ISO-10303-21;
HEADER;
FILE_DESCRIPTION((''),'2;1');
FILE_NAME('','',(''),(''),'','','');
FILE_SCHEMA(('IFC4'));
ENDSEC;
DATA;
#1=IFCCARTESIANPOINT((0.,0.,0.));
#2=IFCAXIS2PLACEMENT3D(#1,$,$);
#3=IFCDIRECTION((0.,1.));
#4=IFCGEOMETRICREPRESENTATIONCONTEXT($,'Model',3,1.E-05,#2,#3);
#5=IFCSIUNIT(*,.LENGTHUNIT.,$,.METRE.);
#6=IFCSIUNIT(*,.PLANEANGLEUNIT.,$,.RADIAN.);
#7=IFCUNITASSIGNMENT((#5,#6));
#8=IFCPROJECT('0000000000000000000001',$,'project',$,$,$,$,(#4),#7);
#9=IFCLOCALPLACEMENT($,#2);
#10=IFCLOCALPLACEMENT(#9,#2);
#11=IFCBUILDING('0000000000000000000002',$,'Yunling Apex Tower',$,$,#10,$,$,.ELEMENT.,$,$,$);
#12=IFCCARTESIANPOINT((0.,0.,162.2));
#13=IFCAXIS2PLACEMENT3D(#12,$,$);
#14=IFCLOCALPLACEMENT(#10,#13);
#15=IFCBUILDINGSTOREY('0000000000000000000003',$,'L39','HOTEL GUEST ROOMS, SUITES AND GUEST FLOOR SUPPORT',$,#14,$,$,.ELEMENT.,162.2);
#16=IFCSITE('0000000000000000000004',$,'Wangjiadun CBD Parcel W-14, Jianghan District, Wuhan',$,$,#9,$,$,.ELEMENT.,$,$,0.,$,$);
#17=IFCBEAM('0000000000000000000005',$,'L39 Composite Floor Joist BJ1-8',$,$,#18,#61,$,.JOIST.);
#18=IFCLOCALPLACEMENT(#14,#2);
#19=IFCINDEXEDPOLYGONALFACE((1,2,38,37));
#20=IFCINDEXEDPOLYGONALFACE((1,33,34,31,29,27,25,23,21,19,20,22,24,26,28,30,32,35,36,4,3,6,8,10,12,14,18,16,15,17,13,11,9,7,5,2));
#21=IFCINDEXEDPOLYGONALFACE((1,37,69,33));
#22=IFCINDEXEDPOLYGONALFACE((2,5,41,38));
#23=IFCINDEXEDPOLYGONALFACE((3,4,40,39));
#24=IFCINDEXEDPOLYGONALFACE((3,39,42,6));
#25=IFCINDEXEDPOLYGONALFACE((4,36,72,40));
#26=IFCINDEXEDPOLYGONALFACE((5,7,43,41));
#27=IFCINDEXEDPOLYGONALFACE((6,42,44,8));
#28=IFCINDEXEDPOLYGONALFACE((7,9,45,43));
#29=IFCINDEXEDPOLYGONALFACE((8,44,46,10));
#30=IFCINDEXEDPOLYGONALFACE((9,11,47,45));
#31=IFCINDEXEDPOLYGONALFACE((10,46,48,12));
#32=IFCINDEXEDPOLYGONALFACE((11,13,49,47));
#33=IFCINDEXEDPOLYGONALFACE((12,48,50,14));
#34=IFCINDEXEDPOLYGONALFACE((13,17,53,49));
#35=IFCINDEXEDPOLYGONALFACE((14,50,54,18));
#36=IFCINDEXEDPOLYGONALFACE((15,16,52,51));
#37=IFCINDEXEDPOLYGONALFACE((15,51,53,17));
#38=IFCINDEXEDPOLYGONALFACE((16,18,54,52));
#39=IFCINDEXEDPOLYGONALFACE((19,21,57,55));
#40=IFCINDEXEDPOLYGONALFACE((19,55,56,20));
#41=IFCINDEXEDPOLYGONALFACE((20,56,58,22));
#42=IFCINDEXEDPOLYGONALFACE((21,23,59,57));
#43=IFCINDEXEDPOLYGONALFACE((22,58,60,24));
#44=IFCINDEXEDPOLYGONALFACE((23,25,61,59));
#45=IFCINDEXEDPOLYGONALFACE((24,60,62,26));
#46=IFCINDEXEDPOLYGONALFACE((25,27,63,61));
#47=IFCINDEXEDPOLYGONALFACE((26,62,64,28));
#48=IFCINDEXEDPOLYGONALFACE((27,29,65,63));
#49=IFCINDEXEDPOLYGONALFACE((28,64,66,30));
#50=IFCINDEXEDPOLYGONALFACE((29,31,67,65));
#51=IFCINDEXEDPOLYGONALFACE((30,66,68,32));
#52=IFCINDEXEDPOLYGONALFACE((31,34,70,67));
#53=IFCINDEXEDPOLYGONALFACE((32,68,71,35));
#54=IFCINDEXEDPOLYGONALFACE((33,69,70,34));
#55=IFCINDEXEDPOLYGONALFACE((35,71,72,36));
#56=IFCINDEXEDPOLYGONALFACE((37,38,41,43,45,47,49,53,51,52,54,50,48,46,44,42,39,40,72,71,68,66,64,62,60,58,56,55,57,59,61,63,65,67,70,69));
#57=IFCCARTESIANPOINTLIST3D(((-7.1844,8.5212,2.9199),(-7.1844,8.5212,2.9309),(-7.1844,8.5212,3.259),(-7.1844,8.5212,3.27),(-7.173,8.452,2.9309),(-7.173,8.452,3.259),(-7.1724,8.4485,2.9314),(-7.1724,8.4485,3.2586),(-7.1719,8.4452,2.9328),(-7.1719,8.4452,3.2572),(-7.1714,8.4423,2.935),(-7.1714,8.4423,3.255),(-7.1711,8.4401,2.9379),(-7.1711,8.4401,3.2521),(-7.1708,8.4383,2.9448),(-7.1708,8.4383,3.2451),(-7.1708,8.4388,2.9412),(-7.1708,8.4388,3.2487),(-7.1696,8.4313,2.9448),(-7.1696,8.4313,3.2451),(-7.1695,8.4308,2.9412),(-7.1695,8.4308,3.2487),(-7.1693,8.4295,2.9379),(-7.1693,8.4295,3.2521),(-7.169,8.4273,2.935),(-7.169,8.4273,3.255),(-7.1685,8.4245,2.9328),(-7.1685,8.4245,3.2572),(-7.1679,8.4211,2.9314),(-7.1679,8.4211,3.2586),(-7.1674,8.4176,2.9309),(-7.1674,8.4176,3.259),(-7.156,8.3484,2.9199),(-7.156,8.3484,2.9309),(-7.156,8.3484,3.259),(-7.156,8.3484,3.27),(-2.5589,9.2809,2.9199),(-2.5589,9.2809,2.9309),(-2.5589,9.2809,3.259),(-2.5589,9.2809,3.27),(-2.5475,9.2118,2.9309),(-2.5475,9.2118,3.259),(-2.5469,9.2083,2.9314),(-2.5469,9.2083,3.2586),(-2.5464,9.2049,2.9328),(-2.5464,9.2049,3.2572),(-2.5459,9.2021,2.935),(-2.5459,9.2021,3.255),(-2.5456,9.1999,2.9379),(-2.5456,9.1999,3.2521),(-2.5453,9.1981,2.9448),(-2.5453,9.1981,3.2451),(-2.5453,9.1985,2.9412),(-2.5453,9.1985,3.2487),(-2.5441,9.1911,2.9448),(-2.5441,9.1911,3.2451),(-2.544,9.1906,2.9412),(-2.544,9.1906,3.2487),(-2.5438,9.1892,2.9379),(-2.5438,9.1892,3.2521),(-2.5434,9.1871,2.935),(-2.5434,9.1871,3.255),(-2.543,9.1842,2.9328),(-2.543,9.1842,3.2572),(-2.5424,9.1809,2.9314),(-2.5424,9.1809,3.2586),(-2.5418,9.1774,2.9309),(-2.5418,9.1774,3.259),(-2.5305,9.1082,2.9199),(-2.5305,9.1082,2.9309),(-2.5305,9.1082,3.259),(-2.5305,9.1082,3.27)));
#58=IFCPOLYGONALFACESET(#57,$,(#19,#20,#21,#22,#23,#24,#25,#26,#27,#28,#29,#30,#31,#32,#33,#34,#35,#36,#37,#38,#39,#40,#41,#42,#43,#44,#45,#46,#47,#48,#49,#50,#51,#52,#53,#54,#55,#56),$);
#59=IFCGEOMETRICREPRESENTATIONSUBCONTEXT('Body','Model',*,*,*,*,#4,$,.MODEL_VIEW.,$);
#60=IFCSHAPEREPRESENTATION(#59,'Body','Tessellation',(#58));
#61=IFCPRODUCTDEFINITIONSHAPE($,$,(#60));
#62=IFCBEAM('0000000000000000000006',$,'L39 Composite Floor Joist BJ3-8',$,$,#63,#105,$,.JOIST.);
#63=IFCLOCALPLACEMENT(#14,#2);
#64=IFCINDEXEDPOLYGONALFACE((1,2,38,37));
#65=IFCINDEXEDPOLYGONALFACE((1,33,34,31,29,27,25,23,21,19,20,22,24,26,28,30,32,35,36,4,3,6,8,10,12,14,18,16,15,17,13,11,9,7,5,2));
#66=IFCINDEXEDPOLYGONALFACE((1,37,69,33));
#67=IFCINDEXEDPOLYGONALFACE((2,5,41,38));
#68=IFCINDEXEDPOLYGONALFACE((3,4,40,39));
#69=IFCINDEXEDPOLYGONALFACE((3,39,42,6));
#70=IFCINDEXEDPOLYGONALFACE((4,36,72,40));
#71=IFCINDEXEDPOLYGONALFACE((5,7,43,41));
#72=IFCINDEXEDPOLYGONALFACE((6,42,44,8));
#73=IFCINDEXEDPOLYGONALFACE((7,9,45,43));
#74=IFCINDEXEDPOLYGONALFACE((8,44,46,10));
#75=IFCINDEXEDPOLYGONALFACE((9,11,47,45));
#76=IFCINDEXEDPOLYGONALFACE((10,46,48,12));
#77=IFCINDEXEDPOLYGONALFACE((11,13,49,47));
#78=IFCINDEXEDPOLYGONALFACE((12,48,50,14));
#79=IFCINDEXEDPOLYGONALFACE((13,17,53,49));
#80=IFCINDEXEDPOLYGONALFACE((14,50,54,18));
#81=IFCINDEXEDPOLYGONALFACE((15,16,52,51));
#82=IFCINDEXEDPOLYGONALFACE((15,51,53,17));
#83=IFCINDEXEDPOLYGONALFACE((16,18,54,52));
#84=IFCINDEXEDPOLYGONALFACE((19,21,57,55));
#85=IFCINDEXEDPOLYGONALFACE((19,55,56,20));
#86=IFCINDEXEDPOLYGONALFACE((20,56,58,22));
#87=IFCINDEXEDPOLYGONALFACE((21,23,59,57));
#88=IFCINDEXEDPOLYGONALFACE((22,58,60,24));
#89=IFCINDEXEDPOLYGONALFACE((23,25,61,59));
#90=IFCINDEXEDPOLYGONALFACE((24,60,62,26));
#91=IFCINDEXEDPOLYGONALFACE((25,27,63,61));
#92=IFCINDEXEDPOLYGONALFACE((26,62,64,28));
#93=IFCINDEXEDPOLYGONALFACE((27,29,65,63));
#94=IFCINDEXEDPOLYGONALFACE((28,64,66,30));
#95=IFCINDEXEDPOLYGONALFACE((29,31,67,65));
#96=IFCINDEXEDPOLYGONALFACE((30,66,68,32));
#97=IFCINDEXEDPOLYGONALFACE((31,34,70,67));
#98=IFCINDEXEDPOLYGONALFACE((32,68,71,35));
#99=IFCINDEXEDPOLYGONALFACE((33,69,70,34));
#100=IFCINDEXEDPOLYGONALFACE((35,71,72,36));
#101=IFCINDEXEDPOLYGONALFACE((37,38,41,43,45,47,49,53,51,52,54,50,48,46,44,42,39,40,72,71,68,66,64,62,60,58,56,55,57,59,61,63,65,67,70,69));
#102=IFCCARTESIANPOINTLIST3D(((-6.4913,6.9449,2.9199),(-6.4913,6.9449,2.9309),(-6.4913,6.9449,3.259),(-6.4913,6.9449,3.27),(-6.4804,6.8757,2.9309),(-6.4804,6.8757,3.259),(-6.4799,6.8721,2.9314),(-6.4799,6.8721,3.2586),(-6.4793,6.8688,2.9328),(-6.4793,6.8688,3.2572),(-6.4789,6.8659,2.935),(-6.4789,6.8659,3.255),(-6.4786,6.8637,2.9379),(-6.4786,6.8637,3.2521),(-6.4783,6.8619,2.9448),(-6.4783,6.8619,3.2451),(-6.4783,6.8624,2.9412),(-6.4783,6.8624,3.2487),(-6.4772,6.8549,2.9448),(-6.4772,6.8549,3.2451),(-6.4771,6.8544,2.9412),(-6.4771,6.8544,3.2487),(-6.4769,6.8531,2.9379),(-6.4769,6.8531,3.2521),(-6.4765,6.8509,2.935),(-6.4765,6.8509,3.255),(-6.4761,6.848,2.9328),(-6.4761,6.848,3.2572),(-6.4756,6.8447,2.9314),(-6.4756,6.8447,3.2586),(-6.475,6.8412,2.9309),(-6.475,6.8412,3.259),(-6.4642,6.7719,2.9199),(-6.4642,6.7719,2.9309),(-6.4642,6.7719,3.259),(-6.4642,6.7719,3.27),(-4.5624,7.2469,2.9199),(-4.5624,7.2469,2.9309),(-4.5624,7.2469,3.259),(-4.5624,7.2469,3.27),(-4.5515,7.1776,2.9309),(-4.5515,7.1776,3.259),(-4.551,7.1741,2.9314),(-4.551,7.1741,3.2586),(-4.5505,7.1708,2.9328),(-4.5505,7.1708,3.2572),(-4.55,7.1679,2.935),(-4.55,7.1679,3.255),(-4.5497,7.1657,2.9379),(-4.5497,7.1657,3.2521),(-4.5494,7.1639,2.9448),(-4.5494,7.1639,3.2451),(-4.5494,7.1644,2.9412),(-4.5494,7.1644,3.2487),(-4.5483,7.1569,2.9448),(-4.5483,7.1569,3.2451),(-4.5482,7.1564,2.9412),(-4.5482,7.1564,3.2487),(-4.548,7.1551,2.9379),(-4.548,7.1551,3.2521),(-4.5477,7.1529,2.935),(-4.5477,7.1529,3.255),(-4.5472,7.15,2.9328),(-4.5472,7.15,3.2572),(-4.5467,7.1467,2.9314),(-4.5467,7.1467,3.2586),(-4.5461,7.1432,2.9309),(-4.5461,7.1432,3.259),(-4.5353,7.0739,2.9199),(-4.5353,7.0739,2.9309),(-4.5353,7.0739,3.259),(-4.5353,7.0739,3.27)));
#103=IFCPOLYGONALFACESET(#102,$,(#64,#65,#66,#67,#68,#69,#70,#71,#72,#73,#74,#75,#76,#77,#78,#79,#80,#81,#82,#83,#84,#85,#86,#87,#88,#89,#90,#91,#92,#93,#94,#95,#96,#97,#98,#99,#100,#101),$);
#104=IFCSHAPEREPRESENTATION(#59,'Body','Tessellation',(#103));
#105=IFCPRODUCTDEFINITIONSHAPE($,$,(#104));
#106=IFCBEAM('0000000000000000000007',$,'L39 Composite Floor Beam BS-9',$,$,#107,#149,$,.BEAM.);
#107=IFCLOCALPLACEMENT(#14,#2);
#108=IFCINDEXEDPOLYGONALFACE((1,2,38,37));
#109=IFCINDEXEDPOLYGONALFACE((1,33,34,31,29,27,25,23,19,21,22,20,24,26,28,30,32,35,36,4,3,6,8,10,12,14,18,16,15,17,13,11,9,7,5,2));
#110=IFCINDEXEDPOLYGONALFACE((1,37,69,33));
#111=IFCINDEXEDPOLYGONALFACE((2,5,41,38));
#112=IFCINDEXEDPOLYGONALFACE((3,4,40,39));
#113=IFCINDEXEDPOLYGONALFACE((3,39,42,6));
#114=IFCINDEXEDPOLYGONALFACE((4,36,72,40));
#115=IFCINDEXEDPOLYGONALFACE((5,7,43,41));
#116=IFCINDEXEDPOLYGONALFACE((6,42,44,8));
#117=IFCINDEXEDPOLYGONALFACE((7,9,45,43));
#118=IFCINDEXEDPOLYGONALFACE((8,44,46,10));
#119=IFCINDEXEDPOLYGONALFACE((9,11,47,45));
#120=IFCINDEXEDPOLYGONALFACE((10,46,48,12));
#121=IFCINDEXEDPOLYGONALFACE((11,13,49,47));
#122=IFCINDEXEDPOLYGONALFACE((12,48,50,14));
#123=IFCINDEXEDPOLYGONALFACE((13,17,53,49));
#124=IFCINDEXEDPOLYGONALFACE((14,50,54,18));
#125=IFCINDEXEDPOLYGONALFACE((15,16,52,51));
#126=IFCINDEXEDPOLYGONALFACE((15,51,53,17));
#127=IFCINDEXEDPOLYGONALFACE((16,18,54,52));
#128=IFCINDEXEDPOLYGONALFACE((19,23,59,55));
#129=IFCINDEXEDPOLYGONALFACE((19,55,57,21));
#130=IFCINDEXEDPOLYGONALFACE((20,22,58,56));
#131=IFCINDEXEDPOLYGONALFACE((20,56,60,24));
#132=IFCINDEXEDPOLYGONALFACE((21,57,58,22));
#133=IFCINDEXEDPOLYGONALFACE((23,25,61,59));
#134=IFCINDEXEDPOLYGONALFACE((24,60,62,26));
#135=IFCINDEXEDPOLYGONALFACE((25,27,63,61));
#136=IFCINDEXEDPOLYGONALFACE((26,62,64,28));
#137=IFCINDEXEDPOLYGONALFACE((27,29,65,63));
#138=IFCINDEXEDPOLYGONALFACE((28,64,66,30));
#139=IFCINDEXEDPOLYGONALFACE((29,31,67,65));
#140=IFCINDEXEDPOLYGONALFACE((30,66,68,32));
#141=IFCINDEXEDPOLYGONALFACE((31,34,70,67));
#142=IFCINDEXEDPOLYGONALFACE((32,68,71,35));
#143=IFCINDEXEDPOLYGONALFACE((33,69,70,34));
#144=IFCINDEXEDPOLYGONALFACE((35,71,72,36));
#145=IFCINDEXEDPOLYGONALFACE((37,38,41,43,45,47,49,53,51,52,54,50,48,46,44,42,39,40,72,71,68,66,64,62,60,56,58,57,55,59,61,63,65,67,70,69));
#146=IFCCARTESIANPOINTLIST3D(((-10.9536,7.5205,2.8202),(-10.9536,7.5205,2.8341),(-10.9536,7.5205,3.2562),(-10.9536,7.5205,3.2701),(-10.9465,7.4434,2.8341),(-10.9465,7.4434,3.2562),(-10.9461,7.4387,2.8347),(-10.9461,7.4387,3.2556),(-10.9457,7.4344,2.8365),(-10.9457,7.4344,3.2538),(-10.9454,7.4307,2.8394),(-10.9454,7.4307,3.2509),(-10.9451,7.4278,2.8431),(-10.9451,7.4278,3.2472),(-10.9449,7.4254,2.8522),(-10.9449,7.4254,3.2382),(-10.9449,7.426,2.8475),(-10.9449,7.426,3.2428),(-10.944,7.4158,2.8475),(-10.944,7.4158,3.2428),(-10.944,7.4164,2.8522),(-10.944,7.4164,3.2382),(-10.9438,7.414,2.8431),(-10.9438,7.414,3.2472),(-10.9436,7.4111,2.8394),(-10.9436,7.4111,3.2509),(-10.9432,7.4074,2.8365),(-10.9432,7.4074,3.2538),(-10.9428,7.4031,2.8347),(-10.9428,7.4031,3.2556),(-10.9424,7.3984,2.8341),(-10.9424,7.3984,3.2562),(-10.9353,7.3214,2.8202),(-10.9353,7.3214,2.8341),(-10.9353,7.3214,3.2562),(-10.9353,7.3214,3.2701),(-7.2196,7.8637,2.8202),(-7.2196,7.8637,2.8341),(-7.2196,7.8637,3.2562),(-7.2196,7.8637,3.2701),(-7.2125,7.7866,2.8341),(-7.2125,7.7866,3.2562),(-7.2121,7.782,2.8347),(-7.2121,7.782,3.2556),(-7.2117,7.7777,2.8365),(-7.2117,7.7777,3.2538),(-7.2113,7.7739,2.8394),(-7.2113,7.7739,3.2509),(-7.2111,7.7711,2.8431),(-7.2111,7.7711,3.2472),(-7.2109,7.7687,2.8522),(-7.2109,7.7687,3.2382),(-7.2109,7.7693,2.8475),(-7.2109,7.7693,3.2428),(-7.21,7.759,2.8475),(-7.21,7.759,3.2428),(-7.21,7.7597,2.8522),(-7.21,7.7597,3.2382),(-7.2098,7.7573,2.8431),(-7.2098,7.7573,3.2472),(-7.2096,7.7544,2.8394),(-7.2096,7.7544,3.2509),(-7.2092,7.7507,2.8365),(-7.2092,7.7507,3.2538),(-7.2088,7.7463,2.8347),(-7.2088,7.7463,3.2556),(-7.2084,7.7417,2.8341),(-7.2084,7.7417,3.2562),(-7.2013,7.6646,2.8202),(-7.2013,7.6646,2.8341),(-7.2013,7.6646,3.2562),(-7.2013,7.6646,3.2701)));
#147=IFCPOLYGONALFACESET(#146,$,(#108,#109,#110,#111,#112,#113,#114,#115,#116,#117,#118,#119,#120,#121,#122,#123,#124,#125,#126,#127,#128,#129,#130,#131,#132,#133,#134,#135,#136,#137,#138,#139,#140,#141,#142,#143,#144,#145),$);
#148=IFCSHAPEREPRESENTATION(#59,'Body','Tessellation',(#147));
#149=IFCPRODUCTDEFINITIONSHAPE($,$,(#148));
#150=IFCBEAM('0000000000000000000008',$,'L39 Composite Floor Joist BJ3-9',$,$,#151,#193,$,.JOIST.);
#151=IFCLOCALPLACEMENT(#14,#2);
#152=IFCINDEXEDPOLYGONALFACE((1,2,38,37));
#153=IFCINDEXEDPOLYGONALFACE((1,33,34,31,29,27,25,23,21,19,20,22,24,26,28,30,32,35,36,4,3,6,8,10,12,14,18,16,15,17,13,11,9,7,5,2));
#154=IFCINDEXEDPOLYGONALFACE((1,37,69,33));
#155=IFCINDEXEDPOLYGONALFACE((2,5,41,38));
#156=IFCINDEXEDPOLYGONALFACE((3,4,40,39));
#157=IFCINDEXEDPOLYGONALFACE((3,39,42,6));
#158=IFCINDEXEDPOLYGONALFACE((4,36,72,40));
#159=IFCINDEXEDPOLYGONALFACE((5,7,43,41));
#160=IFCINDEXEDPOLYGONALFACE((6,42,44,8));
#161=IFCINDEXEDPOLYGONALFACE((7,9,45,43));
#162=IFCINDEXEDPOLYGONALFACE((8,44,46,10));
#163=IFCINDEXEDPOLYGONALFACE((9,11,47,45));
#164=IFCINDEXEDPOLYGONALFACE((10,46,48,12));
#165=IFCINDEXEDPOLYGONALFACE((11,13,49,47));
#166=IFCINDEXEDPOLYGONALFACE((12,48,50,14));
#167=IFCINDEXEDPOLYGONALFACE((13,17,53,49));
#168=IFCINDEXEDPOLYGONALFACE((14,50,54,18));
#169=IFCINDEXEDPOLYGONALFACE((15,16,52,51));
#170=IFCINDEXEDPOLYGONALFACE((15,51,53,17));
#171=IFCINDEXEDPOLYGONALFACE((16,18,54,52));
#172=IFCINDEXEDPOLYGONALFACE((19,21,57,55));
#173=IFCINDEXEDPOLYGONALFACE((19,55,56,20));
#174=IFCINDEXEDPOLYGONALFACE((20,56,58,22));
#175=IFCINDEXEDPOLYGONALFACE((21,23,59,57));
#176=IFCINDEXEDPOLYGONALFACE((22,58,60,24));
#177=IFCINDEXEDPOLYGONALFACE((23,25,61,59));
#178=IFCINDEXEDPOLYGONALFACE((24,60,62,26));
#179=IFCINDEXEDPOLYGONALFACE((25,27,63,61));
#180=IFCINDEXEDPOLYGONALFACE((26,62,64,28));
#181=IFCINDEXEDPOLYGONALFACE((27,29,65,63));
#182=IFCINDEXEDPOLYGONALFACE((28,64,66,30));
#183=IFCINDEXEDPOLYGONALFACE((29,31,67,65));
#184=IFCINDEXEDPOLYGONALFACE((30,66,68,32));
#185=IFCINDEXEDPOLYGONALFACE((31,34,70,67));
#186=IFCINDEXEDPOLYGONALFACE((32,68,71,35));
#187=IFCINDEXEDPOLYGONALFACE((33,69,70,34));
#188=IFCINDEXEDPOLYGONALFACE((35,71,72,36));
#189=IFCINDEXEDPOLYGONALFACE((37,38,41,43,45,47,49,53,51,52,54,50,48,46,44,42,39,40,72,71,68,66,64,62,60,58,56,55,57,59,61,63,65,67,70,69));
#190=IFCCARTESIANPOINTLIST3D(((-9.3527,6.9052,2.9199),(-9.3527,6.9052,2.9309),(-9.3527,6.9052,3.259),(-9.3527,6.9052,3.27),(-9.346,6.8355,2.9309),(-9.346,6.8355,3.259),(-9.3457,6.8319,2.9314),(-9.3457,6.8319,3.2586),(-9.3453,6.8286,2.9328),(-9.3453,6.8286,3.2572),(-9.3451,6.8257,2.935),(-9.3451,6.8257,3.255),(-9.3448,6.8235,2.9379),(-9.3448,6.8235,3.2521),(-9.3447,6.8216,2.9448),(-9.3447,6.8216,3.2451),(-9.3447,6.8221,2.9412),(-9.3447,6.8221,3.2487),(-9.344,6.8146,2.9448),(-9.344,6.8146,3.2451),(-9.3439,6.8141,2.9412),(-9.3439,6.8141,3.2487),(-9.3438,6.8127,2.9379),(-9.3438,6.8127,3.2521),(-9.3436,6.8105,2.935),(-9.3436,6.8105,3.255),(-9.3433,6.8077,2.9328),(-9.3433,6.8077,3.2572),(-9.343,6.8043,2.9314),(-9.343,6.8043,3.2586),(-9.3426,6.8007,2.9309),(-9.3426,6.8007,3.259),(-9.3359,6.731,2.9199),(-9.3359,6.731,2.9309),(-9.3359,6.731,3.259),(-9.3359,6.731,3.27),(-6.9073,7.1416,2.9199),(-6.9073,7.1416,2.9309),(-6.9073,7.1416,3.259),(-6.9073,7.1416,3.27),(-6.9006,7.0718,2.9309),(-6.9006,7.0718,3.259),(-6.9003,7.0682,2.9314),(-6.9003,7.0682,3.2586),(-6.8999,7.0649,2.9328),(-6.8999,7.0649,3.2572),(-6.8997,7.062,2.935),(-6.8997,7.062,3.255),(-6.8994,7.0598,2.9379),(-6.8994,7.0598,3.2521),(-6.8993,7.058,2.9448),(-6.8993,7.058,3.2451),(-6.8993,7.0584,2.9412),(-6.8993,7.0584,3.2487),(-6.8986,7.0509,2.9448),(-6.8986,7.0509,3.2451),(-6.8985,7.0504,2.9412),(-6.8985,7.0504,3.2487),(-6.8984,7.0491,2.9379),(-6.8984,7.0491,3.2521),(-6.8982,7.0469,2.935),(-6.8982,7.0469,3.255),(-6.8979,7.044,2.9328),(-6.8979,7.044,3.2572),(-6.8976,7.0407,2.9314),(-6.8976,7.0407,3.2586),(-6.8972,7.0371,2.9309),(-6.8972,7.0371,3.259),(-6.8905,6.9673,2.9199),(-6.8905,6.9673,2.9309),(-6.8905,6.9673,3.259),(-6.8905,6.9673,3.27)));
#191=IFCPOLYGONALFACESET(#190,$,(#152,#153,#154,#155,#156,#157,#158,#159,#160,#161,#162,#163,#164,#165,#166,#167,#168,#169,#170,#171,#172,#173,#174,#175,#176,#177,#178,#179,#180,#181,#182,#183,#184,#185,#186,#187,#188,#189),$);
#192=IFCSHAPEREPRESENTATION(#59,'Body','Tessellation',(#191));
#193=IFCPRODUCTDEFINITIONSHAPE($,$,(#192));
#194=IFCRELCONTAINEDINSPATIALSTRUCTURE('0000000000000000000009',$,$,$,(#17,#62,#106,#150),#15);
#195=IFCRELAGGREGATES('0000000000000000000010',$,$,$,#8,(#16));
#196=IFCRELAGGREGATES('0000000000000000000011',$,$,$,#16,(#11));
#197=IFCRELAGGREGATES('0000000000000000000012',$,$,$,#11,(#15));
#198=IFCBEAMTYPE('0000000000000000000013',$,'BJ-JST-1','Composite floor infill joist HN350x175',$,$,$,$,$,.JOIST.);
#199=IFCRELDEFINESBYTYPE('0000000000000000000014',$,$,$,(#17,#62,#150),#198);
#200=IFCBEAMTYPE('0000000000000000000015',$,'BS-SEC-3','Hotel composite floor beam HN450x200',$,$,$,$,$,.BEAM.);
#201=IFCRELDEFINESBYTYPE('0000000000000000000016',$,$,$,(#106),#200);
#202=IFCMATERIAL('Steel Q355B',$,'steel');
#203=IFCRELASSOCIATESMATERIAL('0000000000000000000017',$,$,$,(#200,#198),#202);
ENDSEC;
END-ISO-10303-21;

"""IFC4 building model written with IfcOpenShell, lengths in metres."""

from ifc_helpers import new_model, si_unit, direction, frame, origin, origin_2d, place, context, subcontext, project, spatial, i_section, extrude, source, transform, mapped, material, material_profile, profile_set, type_object, element, save


model = new_model("IFC4")

# Units and contexts
model_context = context("Model", 3, precision=1e-05, world=origin(), true_north=direction((0.0, 1.0)))
body_context = subcontext(model_context, "Body", "Model", "MODEL_VIEW")
ifc_project = project(units=[si_unit("LENGTHUNIT", "METRE"), si_unit("PLANEANGLEUNIT", "RADIAN")], contexts=[model_context])

# Site, building, storey
site_placement = place(None, origin())
site = spatial("IfcSite", under=ifc_project, at=site_placement, Name="Wangjiadun CBD Parcel W-14, Jianghan District, Wuhan", CompositionType="ELEMENT", RefElevation=0.0)
building_placement = place(site_placement, origin())
building = spatial("IfcBuilding", under=site, at=building_placement, Name="Yunling Apex Tower", CompositionType="ELEMENT")
storey_placement = place(building_placement, frame((0.0, 0.0, 162.2)))
storey = spatial("IfcBuildingStorey", under=building, at=storey_placement, Name="L39", Description="HOTEL GUEST ROOMS, SUITES AND GUEST FLOOR SUPPORT", CompositionType="ELEMENT", Elevation=162.2)

# Beams
ifc_material_1 = material(Name="Steel Q355B", Category="steel")
ifc_material_profile_1 = material_profile(ifc_material_1, i_section(OverallWidth=0.2, OverallDepth=0.45, WebThickness=0.009, FlangeThickness=0.0139, FilletRadius=0.0181, at=origin_2d()))
ifc_profile_set_1 = profile_set([ifc_material_profile_1], Name="Steel Q355B")
beam_type_1 = type_object("IfcBeamType", Name="BS-SEC-3", Description="Hotel composite floor beam HN450x200", PredefinedType="BEAM", material=ifc_profile_set_1)
ifc_material_profile_2 = material_profile(ifc_material_1, i_section(OverallWidth=0.175, OverallDepth=0.3501, WebThickness=0.0071, FlangeThickness=0.011, FilletRadius=0.0139, at=origin_2d()))
ifc_profile_set_2 = profile_set([ifc_material_profile_2], Name="Steel Q355B")
beam_type_2 = type_object("IfcBeamType", Name="BJ-JST-1", Description="Composite floor infill joist HN350x175", PredefinedType="JOIST", material=ifc_profile_set_2)
shared_shape_1 = source(origin(), body_context, "Body", "SweptSolid", [
    extrude(i_section(OverallWidth=0.175, OverallDepth=0.3501, WebThickness=0.0071, FlangeThickness=0.011, FilletRadius=0.0139, at=origin_2d()), origin(), (0.0, 0.0, 1.0), 4.6875),
])
beam_1_placement = place(storey_placement, frame((-2.5447, 9.1946, 3.095), z_axis=(-0.986777, -0.162084, 0.0), x_axis=(0.162084, -0.986777, 0.0)))
element("IfcBeam", 1, at=beam_1_placement, inside=storey, type_object=beam_type_2, Name="L39 Composite Floor Joist BJ1-8", PredefinedType="JOIST", context=body_context, shape_type="MappedRepresentation", body=[
    mapped(shared_shape_1, transform((0.0, 0.0, 0.0), scale=1.0)),
])
shared_shape_2 = source(origin(), body_context, "Body", "SweptSolid", [
    extrude(i_section(OverallWidth=0.175, OverallDepth=0.3501, WebThickness=0.0071, FlangeThickness=0.011, FilletRadius=0.0139, at=origin_2d()), origin(), (0.0, 0.0, 1.0), 1.9524),
])
beam_2_placement = place(storey_placement, frame((-4.5488, 7.1604, 3.095), z_axis=(-0.987965, -0.154678, 0.0), x_axis=(0.154678, -0.987965, 0.0)))
element("IfcBeam", 2, at=beam_2_placement, inside=storey, type_object=beam_type_2, Name="L39 Composite Floor Joist BJ3-8", PredefinedType="JOIST", context=body_context, shape_type="MappedRepresentation", body=[
    mapped(shared_shape_2, transform((0.0, 0.0, 0.0), scale=1.0)),
])
shared_shape_3 = source(origin(), body_context, "Body", "SweptSolid", [
    extrude(i_section(OverallWidth=0.2, OverallDepth=0.45, WebThickness=0.009, FlangeThickness=0.0139, FilletRadius=0.0181, at=origin_2d()), origin(), (0.0, 0.0, 1.0), 3.7498),
])
beam_3_placement = place(storey_placement, frame((-7.2104, 7.7642, 3.0452), z_axis=(-0.995801, -0.09154, 0.0), x_axis=(0.09154, -0.995801, 0.0)))
element("IfcBeam", 3, at=beam_3_placement, inside=storey, type_object=beam_type_1, Name="L39 Composite Floor Beam BS-9", PredefinedType="BEAM", context=body_context, shape_type="MappedRepresentation", body=[
    mapped(shared_shape_3, transform((0.0, 0.0, 0.0), scale=1.0)),
])
shared_shape_4 = source(origin(), body_context, "Body", "SweptSolid", [
    extrude(i_section(OverallWidth=0.175, OverallDepth=0.3501, WebThickness=0.0071, FlangeThickness=0.011, FilletRadius=0.0139, at=origin_2d()), origin(), (0.0, 0.0, 1.0), 2.4568),
])
beam_4_placement = place(storey_placement, frame((-6.8989, 7.0544, 3.095), z_axis=(-0.995362, -0.096197, 0.0), x_axis=(0.096197, -0.995362, 0.0)))
element("IfcBeam", 4, at=beam_4_placement, inside=storey, type_object=beam_type_2, Name="L39 Composite Floor Joist BJ3-9", PredefinedType="JOIST", context=body_context, shape_type="MappedRepresentation", body=[
    mapped(shared_shape_4, transform((0.0, 0.0, 0.0), scale=1.0)),
])

save(model, "model.ifc")
